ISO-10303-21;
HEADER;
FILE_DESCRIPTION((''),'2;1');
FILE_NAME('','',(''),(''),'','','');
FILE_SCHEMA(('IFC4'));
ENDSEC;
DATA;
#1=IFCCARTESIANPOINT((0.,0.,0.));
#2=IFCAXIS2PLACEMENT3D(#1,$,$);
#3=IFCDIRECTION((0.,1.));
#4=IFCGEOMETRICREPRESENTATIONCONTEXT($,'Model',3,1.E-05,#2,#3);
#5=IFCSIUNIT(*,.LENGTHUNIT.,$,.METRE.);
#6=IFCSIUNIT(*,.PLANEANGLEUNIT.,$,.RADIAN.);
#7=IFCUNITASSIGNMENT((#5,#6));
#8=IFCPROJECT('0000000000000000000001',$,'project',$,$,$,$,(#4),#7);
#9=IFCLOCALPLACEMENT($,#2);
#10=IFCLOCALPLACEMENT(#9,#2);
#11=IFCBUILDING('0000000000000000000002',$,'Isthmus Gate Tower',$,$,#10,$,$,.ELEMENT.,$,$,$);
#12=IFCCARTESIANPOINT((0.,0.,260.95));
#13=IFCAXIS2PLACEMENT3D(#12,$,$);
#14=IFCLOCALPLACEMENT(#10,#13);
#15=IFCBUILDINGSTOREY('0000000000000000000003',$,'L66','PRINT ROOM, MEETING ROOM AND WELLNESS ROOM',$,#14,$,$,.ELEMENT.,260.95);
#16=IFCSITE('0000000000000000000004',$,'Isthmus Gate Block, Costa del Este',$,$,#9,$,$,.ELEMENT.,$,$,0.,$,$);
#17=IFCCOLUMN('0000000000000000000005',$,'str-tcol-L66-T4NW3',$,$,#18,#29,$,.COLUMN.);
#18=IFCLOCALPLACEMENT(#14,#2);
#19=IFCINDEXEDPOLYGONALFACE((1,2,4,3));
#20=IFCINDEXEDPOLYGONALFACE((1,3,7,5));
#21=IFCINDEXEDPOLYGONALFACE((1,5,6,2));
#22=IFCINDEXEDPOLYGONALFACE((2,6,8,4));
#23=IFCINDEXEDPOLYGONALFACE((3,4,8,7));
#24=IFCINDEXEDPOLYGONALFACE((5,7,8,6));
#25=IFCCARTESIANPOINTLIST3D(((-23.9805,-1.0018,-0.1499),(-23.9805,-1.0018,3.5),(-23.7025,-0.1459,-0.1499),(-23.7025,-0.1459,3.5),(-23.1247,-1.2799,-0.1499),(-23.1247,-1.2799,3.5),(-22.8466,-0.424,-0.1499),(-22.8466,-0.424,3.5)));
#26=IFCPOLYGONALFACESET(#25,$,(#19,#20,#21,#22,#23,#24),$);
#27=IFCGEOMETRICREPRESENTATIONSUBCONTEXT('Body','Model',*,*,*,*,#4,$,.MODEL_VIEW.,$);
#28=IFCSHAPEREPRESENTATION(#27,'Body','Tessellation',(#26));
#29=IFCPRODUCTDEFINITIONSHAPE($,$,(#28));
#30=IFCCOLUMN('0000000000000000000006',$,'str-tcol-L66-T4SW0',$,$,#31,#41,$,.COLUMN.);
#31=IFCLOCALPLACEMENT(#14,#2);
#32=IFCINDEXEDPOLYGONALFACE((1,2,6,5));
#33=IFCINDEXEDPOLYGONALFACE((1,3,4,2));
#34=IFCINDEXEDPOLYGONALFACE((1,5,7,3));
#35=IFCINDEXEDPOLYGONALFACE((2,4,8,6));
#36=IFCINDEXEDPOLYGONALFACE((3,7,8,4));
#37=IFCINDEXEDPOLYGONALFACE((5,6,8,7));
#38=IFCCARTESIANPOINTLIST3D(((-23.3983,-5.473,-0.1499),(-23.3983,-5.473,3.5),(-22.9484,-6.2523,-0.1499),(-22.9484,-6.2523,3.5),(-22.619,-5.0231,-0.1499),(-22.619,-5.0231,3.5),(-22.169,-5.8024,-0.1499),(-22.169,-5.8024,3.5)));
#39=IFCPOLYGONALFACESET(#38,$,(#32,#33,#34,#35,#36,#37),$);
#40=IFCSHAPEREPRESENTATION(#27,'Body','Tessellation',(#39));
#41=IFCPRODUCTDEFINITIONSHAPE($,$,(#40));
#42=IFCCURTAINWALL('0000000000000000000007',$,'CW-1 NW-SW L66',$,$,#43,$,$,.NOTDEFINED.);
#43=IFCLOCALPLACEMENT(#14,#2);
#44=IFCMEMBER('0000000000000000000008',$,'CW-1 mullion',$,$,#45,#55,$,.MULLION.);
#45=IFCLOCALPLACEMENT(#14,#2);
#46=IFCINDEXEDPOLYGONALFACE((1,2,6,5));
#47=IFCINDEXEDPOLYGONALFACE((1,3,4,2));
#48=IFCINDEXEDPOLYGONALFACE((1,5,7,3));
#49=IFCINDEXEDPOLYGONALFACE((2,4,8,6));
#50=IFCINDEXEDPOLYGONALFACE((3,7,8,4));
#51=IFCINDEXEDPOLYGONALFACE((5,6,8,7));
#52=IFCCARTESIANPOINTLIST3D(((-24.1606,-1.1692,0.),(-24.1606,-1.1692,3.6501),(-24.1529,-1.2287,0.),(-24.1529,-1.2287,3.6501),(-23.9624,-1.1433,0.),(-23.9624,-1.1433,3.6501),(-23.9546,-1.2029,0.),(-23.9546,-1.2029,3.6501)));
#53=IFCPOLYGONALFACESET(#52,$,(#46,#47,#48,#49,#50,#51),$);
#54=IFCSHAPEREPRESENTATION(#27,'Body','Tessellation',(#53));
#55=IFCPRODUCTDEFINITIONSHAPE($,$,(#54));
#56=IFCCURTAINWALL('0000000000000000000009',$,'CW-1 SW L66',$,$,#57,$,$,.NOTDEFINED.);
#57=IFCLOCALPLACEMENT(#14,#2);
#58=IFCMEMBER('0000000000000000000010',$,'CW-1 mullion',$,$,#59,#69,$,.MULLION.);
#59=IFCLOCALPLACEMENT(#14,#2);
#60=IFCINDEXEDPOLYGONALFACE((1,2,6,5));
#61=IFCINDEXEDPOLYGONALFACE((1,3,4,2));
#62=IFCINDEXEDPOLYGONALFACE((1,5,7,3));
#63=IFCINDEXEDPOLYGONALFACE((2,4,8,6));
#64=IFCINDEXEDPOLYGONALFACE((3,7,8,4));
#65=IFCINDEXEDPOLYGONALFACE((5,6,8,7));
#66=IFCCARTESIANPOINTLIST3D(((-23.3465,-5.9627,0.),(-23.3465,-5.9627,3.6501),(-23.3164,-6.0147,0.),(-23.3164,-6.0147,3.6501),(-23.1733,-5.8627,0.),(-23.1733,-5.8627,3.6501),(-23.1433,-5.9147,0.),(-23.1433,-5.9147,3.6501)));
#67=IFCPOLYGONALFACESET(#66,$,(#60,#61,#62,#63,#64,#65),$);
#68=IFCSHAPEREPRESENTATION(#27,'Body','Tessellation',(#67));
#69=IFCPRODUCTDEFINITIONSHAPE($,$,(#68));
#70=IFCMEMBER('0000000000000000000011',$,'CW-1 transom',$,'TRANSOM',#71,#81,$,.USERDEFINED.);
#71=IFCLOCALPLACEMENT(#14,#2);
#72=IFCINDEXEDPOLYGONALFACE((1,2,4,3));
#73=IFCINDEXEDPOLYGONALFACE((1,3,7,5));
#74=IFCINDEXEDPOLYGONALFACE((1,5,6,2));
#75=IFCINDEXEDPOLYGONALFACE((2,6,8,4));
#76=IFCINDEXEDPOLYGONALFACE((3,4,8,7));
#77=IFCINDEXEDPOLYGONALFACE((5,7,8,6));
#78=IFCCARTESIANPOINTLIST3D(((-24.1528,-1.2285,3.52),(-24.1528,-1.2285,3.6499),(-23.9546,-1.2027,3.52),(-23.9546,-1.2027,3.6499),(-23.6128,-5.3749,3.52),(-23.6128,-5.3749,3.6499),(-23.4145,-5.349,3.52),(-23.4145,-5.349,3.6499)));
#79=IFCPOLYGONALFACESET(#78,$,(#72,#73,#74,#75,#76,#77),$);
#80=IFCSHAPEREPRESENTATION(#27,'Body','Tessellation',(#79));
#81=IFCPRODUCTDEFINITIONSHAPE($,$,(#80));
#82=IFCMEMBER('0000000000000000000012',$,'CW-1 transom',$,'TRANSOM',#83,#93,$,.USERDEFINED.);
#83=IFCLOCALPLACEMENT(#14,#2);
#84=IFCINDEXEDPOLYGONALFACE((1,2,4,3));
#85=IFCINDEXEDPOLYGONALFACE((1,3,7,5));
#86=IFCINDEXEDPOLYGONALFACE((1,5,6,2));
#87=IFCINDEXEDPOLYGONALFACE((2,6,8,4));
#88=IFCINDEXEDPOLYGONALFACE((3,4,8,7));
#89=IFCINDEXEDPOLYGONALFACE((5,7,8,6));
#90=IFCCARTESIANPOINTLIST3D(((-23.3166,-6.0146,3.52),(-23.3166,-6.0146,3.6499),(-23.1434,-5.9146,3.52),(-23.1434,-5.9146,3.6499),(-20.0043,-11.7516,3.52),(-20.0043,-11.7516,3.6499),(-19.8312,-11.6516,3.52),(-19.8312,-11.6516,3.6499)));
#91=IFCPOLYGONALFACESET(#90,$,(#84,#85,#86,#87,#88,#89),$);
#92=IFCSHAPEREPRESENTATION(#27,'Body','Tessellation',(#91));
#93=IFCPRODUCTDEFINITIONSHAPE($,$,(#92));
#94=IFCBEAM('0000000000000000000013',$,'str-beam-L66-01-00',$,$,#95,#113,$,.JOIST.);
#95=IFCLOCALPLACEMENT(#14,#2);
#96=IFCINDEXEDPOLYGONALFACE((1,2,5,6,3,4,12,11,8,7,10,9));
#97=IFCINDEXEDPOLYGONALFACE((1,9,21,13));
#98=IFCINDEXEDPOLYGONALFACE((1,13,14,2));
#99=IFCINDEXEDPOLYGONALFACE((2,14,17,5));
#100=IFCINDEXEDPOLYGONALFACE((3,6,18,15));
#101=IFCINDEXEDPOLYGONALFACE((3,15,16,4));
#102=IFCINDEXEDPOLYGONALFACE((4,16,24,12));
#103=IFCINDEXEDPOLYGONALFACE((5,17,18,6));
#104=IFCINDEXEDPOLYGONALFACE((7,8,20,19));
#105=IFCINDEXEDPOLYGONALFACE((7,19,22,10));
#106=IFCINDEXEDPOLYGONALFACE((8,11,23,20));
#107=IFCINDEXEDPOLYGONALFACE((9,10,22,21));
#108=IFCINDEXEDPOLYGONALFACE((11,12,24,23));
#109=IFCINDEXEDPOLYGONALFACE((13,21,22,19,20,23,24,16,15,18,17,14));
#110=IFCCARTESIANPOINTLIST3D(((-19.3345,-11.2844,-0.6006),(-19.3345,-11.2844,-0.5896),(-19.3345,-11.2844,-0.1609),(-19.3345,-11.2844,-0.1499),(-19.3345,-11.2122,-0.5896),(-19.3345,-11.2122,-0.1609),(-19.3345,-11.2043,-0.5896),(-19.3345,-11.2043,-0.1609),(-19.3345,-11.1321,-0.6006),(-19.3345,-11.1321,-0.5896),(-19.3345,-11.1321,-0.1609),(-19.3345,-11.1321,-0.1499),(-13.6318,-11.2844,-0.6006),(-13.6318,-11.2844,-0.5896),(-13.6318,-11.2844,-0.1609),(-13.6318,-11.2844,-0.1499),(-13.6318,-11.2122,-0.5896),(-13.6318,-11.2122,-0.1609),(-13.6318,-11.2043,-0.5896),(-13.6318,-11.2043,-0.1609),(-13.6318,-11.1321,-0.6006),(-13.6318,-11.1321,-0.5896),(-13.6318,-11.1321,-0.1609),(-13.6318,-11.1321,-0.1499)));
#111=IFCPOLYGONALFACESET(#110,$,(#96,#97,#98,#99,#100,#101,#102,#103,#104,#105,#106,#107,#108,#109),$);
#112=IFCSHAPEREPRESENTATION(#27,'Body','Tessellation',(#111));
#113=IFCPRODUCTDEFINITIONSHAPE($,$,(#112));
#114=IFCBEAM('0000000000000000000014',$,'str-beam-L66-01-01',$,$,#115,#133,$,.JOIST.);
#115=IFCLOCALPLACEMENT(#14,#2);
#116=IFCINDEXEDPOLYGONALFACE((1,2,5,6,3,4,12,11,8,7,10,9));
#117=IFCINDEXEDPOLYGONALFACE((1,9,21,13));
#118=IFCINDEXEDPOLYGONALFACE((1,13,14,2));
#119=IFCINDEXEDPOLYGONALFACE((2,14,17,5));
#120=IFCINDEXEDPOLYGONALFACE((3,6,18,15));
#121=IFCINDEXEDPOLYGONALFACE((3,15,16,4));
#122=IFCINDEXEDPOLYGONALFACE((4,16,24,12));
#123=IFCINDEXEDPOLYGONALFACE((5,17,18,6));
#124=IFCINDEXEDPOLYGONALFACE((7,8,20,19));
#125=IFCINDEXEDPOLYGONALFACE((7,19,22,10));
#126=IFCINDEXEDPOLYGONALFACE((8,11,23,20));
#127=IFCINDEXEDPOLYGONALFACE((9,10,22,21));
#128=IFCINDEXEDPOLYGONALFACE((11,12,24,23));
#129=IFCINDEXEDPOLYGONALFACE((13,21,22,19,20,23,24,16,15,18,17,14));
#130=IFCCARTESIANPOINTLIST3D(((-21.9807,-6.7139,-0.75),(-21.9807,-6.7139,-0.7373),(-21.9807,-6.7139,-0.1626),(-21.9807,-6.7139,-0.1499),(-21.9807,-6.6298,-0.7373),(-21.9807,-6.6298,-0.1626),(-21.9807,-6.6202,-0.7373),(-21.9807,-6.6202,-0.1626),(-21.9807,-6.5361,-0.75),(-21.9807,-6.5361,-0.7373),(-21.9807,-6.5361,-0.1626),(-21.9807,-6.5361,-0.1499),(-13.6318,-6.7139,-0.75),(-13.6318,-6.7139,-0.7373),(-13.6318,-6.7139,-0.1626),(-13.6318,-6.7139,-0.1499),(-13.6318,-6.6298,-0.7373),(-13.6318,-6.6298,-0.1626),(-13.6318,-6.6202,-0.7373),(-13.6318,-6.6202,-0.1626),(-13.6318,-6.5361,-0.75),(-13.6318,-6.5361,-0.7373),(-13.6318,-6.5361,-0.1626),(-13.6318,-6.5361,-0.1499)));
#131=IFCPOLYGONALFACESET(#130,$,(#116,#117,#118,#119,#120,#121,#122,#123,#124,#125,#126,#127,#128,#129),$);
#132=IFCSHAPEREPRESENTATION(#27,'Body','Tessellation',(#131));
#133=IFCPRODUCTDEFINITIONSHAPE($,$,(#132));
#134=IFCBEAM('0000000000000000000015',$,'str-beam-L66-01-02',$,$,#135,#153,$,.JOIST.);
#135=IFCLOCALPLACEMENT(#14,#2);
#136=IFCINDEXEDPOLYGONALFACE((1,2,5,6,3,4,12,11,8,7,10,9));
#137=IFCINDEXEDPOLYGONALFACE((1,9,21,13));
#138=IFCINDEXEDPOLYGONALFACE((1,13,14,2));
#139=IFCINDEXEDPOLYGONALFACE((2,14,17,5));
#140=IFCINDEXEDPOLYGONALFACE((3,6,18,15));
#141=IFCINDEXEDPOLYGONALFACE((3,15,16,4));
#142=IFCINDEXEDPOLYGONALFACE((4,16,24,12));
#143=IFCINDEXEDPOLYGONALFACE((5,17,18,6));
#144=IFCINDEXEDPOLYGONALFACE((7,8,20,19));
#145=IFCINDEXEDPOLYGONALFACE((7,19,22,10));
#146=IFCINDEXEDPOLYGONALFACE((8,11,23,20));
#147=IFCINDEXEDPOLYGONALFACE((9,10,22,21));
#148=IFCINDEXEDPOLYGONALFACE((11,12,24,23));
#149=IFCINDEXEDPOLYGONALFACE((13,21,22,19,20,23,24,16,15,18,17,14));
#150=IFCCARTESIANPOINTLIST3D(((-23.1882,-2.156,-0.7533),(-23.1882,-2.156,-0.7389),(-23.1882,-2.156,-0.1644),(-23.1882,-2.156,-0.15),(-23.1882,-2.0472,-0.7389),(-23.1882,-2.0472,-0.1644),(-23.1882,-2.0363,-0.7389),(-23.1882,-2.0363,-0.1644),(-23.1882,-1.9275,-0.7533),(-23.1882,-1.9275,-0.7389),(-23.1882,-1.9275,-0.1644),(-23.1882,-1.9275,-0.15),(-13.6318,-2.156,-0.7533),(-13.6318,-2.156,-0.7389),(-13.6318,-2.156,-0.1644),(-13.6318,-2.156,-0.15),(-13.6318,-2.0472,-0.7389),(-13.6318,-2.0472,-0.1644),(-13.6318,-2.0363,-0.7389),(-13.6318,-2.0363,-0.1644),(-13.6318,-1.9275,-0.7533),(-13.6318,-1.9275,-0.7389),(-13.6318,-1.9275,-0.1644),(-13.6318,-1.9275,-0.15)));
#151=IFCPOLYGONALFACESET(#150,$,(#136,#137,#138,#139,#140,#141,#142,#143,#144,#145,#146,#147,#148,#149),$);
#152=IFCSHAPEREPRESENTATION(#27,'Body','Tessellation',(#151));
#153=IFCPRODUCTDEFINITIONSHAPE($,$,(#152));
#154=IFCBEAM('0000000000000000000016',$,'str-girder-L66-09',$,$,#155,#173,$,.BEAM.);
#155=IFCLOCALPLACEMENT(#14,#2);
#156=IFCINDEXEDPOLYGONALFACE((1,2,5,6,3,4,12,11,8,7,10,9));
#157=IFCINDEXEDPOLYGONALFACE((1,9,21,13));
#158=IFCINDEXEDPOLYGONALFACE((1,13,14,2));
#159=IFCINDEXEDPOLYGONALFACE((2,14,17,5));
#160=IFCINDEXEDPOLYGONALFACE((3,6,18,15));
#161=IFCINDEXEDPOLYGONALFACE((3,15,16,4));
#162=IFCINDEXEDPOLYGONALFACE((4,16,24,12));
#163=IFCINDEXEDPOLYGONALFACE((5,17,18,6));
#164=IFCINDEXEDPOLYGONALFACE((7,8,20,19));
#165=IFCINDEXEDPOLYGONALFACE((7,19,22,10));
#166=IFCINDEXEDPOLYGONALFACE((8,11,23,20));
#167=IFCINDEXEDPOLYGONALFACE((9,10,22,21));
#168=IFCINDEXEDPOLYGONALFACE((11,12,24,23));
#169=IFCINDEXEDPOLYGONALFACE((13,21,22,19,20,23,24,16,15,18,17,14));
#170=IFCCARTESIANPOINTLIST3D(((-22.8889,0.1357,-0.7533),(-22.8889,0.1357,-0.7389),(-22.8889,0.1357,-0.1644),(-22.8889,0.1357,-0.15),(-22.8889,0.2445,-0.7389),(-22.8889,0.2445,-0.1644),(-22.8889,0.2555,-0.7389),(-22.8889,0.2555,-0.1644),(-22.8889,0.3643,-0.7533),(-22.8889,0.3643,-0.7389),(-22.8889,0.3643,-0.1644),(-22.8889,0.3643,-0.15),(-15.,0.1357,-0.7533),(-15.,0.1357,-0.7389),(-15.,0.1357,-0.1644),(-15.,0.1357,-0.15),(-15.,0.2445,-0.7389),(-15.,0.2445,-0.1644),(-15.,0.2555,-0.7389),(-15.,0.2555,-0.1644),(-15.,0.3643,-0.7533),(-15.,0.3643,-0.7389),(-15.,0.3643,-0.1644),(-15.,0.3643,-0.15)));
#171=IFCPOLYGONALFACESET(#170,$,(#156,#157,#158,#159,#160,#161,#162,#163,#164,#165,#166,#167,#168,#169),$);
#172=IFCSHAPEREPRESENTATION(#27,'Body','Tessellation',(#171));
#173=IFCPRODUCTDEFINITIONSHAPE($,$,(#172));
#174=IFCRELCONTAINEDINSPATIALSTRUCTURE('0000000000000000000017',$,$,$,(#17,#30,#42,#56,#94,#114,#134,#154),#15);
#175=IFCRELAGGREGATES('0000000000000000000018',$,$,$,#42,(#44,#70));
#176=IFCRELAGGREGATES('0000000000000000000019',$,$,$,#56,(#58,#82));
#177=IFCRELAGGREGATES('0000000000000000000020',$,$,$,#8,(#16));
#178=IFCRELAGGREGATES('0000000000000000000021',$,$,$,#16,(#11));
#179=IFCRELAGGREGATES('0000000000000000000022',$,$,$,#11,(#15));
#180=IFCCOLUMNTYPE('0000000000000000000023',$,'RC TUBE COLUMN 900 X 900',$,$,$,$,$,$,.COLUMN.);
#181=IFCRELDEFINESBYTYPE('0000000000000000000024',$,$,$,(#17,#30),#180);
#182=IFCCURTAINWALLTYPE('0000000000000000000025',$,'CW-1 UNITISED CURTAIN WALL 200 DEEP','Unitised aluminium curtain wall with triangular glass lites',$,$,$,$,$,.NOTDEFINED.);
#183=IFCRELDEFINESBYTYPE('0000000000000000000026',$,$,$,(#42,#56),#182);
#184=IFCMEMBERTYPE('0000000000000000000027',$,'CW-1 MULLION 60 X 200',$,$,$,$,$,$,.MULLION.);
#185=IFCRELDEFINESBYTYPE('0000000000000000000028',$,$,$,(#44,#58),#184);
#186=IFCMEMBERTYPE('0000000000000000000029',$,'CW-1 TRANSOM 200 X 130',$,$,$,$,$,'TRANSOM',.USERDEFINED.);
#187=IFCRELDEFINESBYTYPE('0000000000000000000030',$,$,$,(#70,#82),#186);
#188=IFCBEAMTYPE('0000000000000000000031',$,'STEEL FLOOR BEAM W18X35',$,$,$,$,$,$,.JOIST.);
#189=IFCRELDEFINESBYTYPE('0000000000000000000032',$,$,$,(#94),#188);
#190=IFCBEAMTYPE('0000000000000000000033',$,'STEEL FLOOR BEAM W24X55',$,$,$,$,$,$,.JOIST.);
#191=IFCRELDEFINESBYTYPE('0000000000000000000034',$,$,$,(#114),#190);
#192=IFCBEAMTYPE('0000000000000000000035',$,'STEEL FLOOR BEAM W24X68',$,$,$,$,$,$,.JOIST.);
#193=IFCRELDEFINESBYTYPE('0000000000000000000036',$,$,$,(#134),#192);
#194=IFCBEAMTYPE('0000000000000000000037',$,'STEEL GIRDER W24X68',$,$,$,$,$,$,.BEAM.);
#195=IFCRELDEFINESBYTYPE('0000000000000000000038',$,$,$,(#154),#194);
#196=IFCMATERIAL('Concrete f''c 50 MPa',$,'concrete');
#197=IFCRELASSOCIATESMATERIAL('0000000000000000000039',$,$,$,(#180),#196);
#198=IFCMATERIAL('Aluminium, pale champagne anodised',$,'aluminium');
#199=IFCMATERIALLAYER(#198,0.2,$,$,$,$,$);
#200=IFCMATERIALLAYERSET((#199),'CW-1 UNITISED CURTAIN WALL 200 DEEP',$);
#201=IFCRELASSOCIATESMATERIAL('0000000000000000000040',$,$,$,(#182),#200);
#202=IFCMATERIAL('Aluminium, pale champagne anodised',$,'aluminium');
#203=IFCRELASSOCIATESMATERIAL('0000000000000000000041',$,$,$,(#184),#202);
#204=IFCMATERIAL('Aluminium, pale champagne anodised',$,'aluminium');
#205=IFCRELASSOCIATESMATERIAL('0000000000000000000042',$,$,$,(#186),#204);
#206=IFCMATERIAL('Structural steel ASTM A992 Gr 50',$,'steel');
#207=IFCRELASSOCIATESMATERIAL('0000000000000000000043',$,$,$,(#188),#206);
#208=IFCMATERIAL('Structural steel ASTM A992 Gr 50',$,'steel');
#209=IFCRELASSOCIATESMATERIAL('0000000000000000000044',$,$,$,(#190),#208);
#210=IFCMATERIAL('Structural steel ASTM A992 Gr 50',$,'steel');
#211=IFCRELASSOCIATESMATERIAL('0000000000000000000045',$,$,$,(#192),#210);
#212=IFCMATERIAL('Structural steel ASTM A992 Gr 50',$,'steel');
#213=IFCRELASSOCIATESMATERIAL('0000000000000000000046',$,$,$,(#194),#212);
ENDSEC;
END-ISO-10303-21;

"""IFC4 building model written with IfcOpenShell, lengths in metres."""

from ifc_helpers import new_model, si_unit, direction, frame, origin, origin_2d, place, context, subcontext, project, spatial, rectangle, i_section, extrude, material, layer, layer_set, material_profile, profile_set, type_object, element, aggregate, save


model = new_model("IFC4")

# Units and contexts
model_context = context("Model", 3, precision=1e-05, world=origin(), true_north=direction((0.0, 1.0)))
body_context = subcontext(model_context, "Body", "Model", "MODEL_VIEW")
ifc_project = project(units=[si_unit("LENGTHUNIT", "METRE"), si_unit("PLANEANGLEUNIT", "RADIAN")], contexts=[model_context])

# Site, building, storey
site_placement = place(None, origin())
site = spatial("IfcSite", under=ifc_project, at=site_placement, Name="Isthmus Gate Block, Costa del Este", CompositionType="ELEMENT", RefElevation=0.0)
building_placement = place(site_placement, origin())
building = spatial("IfcBuilding", under=site, at=building_placement, Name="Isthmus Gate Tower", CompositionType="ELEMENT")
storey_placement = place(building_placement, frame((0.0, 0.0, 260.95)))
storey = spatial("IfcBuildingStorey", under=building, at=storey_placement, Name="L66", Description="PRINT ROOM, MEETING ROOM AND WELLNESS ROOM", CompositionType="ELEMENT", Elevation=260.95)

# Columns
ifc_material_1 = material(Name="Concrete f'c 50 MPa", Category="concrete")
ifc_material_profile_1 = material_profile(ifc_material_1, rectangle(XDim=0.8999, YDim=0.8999, at=origin_2d()), Name="RC 900X900")
ifc_profile_set_1 = profile_set([ifc_material_profile_1], Name="Concrete f'c 50 MPa")
column_type = type_object("IfcColumnType", Name="RC TUBE COLUMN 900 X 900", PredefinedType="COLUMN", material=ifc_profile_set_1)
for number, where, z_axis, x_axis, name in (
    (1, (-23.4136, -0.7129, -0.1499), (0.0, 0.0, 1.0), (-0.309017, -0.951057, 0.0), "str-tcol-L66-T4NW3"),
    (2, (-22.7837, -5.6377, -0.1499), (0.0, 0.0, 1.0), (0.5, -0.866025, 0.0), "str-tcol-L66-T4SW0"),
):
    element("IfcColumn", number, at=place(storey_placement, frame(where, z_axis=z_axis, x_axis=x_axis)), inside=storey, type_object=column_type, Name=name, PredefinedType="COLUMN", context=body_context, shape_type="SweptSolid", body=[
        extrude(rectangle(XDim=0.8999, YDim=0.8999, at=origin_2d()), origin(), (0.0, 0.0, 1.0), 3.6499),
    ])

# Curtain walls, members
ifc_material_2 = material(Name="Aluminium, pale champagne anodised", Category="aluminium")
ifc_layer_1 = layer(ifc_material_2, 0.2)
ifc_layer_set_1 = layer_set([ifc_layer_1], Name="CW-1 UNITISED CURTAIN WALL 200 DEEP")
curtain_wall_type = type_object("IfcCurtainWallType", Name="CW-1 UNITISED CURTAIN WALL 200 DEEP", Description="Unitised aluminium curtain wall with triangular glass lites", PredefinedType="NOTDEFINED", material=ifc_layer_set_1)
curtain_wall_1_placement = place(storey_placement, origin())
curtain_wall_1 = element("IfcCurtainWall", 3, at=curtain_wall_1_placement, inside=storey, type_object=curtain_wall_type, Name="CW-1 NW-SW L66", PredefinedType="NOTDEFINED")
ifc_material_3 = material(Name="Aluminium, pale champagne anodised", Category="aluminium")
ifc_material_profile_2 = material_profile(ifc_material_3, rectangle(XDim=0.0601, YDim=0.2, at=origin_2d()), Name="60x200")
ifc_profile_set_2 = profile_set([ifc_material_profile_2], Name="Aluminium, pale champagne anodised")
member_type_1 = type_object("IfcMemberType", Name="CW-1 MULLION 60 X 200", PredefinedType="MULLION", material=ifc_profile_set_2)
member_1_placement = place(storey_placement, frame((-24.0576, -1.186, 0.0), z_axis=(0.0, 0.0, 1.0), x_axis=(0.129165, -0.991623, 0.0)))
member_1 = element("IfcMember", 4, at=member_1_placement, type_object=member_type_1, Name="CW-1 mullion", PredefinedType="MULLION", context=body_context, shape_type="SweptSolid", body=[
    extrude(rectangle(XDim=0.0601, YDim=0.2, at=origin_2d()), origin(), (0.0, 0.0, 1.0), 3.6501),
])
curtain_wall_2_placement = place(storey_placement, origin())
curtain_wall_2 = element("IfcCurtainWall", 5, at=curtain_wall_2_placement, inside=storey, type_object=curtain_wall_type, Name="CW-1 SW L66", PredefinedType="NOTDEFINED")
member_2_placement = place(storey_placement, frame((-23.2449, -5.9387, 0.0), z_axis=(0.0, 0.0, 1.0), x_axis=(0.5, -0.866025, 0.0)))
member_2 = element("IfcMember", 6, at=member_2_placement, type_object=member_type_1, Name="CW-1 mullion", PredefinedType="MULLION", context=body_context, shape_type="SweptSolid", body=[
    extrude(rectangle(XDim=0.0601, YDim=0.2, at=origin_2d()), origin(), (0.0, 0.0, 1.0), 3.6501),
])

# Members
ifc_material_4 = material(Name="Aluminium, pale champagne anodised", Category="aluminium")
ifc_material_profile_3 = material_profile(ifc_material_4, rectangle(XDim=0.2, YDim=0.1299, at=origin_2d()), Name="200x130")
ifc_profile_set_3 = profile_set([ifc_material_profile_3], Name="Aluminium, pale champagne anodised")
member_type_2 = type_object("IfcMemberType", Name="CW-1 TRANSOM 200 X 130", ElementType="TRANSOM", PredefinedType="USERDEFINED", material=ifc_profile_set_3)
member_3_placement = place(storey_placement, frame((-24.0537, -1.2156, 3.585), z_axis=(0.129149, -0.991625, 0.0), x_axis=(0.991625, 0.129149, 0.0)))
member_3 = element("IfcMember", 7, at=member_3_placement, type_object=member_type_2, Name="CW-1 transom", ObjectType="TRANSOM", PredefinedType="USERDEFINED", context=body_context, shape_type="SweptSolid", body=[
    extrude(rectangle(XDim=0.2, YDim=0.1299, at=origin_2d()), origin(), (0.0, 0.0, 1.0), 4.1814),
])
member_4_placement = place(storey_placement, frame((-23.23, -5.9646, 3.585), z_axis=(0.499996, -0.866028, 0.0), x_axis=(0.866028, 0.499996, 0.0)))
member_4 = element("IfcMember", 8, at=member_4_placement, type_object=member_type_2, Name="CW-1 transom", ObjectType="TRANSOM", PredefinedType="USERDEFINED", context=body_context, shape_type="SweptSolid", body=[
    extrude(rectangle(XDim=0.2, YDim=0.1299, at=origin_2d()), origin(), (0.0, 0.0, 1.0), 6.6245),
])

# Beams
ifc_material_5 = material(Name="Structural steel ASTM A992 Gr 50", Category="steel")
ifc_material_profile_4 = material_profile(ifc_material_5, i_section(OverallWidth=0.1523, OverallDepth=0.4507, WebThickness=0.0078, FlangeThickness=0.011, at=origin_2d()), Name="W18X35")
ifc_profile_set_4 = profile_set([ifc_material_profile_4], Name="Structural steel ASTM A992 Gr 50")
beam_type_1 = type_object("IfcBeamType", Name="STEEL FLOOR BEAM W18X35", PredefinedType="JOIST", material=ifc_profile_set_4)
beam_1_placement = place(storey_placement, frame((-19.3345, -11.2083, -0.3752), z_axis=(1.0, 0.0, 0.0), x_axis=(0.0, 1.0, 0.0)))
element("IfcBeam", 9, at=beam_1_placement, inside=storey, type_object=beam_type_1, Name="str-beam-L66-01-00", PredefinedType="JOIST", context=body_context, shape_type="SweptSolid", body=[
    extrude(i_section(OverallWidth=0.1523, OverallDepth=0.4507, WebThickness=0.0078, FlangeThickness=0.011, at=origin_2d()), origin(), (0.0, 0.0, 1.0), 5.7026),
])
ifc_material_6 = material(Name="Structural steel ASTM A992 Gr 50", Category="steel")
ifc_material_profile_5 = material_profile(ifc_material_6, i_section(OverallWidth=0.1777, OverallDepth=0.6001, WebThickness=0.0095, FlangeThickness=0.0127, at=origin_2d()), Name="W24X55")
ifc_profile_set_5 = profile_set([ifc_material_profile_5], Name="Structural steel ASTM A992 Gr 50")
beam_type_2 = type_object("IfcBeamType", Name="STEEL FLOOR BEAM W24X55", PredefinedType="JOIST", material=ifc_profile_set_5)
beam_2_placement = place(storey_placement, frame((-21.9807, -6.625, -0.45), z_axis=(1.0, 0.0, 0.0), x_axis=(0.0, 1.0, 0.0)))
element("IfcBeam", 10, at=beam_2_placement, inside=storey, type_object=beam_type_2, Name="str-beam-L66-01-01", PredefinedType="JOIST", context=body_context, shape_type="SweptSolid", body=[
    extrude(i_section(OverallWidth=0.1777, OverallDepth=0.6001, WebThickness=0.0095, FlangeThickness=0.0127, at=origin_2d()), origin(), (0.0, 0.0, 1.0), 8.3489),
])
ifc_material_7 = material(Name="Structural steel ASTM A992 Gr 50", Category="steel")
ifc_material_profile_6 = material_profile(ifc_material_7, i_section(OverallWidth=0.2285, OverallDepth=0.6033, WebThickness=0.011, FlangeThickness=0.0144, at=origin_2d()), Name="W24X68")
ifc_profile_set_6 = profile_set([ifc_material_profile_6], Name="Structural steel ASTM A992 Gr 50")
beam_type_3 = type_object("IfcBeamType", Name="STEEL FLOOR BEAM W24X68", PredefinedType="JOIST", material=ifc_profile_set_6)
beam_3_placement = place(storey_placement, frame((-23.1882, -2.0417, -0.4517), z_axis=(1.0, 0.0, 0.0), x_axis=(0.0, 1.0, 0.0)))
element("IfcBeam", 11, at=beam_3_placement, inside=storey, type_object=beam_type_3, Name="str-beam-L66-01-02", PredefinedType="JOIST", context=body_context, shape_type="SweptSolid", body=[
    extrude(i_section(OverallWidth=0.2285, OverallDepth=0.6033, WebThickness=0.011, FlangeThickness=0.0144, at=origin_2d()), origin(), (0.0, 0.0, 1.0), 9.5564),
])
ifc_material_8 = material(Name="Structural steel ASTM A992 Gr 50", Category="steel")
ifc_material_profile_7 = material_profile(ifc_material_8, i_section(OverallWidth=0.2285, OverallDepth=0.6033, WebThickness=0.011, FlangeThickness=0.0144, at=origin_2d()), Name="W24X68")
ifc_profile_set_7 = profile_set([ifc_material_profile_7], Name="Structural steel ASTM A992 Gr 50")
beam_type_4 = type_object("IfcBeamType", Name="STEEL GIRDER W24X68", PredefinedType="BEAM", material=ifc_profile_set_7)
beam_4_placement = place(storey_placement, frame((-15.0, 0.25, -0.4517), z_axis=(-1.0, 0.0, 0.0), x_axis=(0.0, -1.0, 0.0)))
element("IfcBeam", 12, at=beam_4_placement, inside=storey, type_object=beam_type_4, Name="str-girder-L66-09", PredefinedType="BEAM", context=body_context, shape_type="SweptSolid", body=[
    extrude(i_section(OverallWidth=0.2285, OverallDepth=0.6033, WebThickness=0.011, FlangeThickness=0.0144, at=origin_2d()), origin(), (0.0, 0.0, 1.0), 7.8889),
])

aggregate(curtain_wall_1, [member_1, member_3])
aggregate(curtain_wall_2, [member_2, member_4])

save(model, "model.ifc")
